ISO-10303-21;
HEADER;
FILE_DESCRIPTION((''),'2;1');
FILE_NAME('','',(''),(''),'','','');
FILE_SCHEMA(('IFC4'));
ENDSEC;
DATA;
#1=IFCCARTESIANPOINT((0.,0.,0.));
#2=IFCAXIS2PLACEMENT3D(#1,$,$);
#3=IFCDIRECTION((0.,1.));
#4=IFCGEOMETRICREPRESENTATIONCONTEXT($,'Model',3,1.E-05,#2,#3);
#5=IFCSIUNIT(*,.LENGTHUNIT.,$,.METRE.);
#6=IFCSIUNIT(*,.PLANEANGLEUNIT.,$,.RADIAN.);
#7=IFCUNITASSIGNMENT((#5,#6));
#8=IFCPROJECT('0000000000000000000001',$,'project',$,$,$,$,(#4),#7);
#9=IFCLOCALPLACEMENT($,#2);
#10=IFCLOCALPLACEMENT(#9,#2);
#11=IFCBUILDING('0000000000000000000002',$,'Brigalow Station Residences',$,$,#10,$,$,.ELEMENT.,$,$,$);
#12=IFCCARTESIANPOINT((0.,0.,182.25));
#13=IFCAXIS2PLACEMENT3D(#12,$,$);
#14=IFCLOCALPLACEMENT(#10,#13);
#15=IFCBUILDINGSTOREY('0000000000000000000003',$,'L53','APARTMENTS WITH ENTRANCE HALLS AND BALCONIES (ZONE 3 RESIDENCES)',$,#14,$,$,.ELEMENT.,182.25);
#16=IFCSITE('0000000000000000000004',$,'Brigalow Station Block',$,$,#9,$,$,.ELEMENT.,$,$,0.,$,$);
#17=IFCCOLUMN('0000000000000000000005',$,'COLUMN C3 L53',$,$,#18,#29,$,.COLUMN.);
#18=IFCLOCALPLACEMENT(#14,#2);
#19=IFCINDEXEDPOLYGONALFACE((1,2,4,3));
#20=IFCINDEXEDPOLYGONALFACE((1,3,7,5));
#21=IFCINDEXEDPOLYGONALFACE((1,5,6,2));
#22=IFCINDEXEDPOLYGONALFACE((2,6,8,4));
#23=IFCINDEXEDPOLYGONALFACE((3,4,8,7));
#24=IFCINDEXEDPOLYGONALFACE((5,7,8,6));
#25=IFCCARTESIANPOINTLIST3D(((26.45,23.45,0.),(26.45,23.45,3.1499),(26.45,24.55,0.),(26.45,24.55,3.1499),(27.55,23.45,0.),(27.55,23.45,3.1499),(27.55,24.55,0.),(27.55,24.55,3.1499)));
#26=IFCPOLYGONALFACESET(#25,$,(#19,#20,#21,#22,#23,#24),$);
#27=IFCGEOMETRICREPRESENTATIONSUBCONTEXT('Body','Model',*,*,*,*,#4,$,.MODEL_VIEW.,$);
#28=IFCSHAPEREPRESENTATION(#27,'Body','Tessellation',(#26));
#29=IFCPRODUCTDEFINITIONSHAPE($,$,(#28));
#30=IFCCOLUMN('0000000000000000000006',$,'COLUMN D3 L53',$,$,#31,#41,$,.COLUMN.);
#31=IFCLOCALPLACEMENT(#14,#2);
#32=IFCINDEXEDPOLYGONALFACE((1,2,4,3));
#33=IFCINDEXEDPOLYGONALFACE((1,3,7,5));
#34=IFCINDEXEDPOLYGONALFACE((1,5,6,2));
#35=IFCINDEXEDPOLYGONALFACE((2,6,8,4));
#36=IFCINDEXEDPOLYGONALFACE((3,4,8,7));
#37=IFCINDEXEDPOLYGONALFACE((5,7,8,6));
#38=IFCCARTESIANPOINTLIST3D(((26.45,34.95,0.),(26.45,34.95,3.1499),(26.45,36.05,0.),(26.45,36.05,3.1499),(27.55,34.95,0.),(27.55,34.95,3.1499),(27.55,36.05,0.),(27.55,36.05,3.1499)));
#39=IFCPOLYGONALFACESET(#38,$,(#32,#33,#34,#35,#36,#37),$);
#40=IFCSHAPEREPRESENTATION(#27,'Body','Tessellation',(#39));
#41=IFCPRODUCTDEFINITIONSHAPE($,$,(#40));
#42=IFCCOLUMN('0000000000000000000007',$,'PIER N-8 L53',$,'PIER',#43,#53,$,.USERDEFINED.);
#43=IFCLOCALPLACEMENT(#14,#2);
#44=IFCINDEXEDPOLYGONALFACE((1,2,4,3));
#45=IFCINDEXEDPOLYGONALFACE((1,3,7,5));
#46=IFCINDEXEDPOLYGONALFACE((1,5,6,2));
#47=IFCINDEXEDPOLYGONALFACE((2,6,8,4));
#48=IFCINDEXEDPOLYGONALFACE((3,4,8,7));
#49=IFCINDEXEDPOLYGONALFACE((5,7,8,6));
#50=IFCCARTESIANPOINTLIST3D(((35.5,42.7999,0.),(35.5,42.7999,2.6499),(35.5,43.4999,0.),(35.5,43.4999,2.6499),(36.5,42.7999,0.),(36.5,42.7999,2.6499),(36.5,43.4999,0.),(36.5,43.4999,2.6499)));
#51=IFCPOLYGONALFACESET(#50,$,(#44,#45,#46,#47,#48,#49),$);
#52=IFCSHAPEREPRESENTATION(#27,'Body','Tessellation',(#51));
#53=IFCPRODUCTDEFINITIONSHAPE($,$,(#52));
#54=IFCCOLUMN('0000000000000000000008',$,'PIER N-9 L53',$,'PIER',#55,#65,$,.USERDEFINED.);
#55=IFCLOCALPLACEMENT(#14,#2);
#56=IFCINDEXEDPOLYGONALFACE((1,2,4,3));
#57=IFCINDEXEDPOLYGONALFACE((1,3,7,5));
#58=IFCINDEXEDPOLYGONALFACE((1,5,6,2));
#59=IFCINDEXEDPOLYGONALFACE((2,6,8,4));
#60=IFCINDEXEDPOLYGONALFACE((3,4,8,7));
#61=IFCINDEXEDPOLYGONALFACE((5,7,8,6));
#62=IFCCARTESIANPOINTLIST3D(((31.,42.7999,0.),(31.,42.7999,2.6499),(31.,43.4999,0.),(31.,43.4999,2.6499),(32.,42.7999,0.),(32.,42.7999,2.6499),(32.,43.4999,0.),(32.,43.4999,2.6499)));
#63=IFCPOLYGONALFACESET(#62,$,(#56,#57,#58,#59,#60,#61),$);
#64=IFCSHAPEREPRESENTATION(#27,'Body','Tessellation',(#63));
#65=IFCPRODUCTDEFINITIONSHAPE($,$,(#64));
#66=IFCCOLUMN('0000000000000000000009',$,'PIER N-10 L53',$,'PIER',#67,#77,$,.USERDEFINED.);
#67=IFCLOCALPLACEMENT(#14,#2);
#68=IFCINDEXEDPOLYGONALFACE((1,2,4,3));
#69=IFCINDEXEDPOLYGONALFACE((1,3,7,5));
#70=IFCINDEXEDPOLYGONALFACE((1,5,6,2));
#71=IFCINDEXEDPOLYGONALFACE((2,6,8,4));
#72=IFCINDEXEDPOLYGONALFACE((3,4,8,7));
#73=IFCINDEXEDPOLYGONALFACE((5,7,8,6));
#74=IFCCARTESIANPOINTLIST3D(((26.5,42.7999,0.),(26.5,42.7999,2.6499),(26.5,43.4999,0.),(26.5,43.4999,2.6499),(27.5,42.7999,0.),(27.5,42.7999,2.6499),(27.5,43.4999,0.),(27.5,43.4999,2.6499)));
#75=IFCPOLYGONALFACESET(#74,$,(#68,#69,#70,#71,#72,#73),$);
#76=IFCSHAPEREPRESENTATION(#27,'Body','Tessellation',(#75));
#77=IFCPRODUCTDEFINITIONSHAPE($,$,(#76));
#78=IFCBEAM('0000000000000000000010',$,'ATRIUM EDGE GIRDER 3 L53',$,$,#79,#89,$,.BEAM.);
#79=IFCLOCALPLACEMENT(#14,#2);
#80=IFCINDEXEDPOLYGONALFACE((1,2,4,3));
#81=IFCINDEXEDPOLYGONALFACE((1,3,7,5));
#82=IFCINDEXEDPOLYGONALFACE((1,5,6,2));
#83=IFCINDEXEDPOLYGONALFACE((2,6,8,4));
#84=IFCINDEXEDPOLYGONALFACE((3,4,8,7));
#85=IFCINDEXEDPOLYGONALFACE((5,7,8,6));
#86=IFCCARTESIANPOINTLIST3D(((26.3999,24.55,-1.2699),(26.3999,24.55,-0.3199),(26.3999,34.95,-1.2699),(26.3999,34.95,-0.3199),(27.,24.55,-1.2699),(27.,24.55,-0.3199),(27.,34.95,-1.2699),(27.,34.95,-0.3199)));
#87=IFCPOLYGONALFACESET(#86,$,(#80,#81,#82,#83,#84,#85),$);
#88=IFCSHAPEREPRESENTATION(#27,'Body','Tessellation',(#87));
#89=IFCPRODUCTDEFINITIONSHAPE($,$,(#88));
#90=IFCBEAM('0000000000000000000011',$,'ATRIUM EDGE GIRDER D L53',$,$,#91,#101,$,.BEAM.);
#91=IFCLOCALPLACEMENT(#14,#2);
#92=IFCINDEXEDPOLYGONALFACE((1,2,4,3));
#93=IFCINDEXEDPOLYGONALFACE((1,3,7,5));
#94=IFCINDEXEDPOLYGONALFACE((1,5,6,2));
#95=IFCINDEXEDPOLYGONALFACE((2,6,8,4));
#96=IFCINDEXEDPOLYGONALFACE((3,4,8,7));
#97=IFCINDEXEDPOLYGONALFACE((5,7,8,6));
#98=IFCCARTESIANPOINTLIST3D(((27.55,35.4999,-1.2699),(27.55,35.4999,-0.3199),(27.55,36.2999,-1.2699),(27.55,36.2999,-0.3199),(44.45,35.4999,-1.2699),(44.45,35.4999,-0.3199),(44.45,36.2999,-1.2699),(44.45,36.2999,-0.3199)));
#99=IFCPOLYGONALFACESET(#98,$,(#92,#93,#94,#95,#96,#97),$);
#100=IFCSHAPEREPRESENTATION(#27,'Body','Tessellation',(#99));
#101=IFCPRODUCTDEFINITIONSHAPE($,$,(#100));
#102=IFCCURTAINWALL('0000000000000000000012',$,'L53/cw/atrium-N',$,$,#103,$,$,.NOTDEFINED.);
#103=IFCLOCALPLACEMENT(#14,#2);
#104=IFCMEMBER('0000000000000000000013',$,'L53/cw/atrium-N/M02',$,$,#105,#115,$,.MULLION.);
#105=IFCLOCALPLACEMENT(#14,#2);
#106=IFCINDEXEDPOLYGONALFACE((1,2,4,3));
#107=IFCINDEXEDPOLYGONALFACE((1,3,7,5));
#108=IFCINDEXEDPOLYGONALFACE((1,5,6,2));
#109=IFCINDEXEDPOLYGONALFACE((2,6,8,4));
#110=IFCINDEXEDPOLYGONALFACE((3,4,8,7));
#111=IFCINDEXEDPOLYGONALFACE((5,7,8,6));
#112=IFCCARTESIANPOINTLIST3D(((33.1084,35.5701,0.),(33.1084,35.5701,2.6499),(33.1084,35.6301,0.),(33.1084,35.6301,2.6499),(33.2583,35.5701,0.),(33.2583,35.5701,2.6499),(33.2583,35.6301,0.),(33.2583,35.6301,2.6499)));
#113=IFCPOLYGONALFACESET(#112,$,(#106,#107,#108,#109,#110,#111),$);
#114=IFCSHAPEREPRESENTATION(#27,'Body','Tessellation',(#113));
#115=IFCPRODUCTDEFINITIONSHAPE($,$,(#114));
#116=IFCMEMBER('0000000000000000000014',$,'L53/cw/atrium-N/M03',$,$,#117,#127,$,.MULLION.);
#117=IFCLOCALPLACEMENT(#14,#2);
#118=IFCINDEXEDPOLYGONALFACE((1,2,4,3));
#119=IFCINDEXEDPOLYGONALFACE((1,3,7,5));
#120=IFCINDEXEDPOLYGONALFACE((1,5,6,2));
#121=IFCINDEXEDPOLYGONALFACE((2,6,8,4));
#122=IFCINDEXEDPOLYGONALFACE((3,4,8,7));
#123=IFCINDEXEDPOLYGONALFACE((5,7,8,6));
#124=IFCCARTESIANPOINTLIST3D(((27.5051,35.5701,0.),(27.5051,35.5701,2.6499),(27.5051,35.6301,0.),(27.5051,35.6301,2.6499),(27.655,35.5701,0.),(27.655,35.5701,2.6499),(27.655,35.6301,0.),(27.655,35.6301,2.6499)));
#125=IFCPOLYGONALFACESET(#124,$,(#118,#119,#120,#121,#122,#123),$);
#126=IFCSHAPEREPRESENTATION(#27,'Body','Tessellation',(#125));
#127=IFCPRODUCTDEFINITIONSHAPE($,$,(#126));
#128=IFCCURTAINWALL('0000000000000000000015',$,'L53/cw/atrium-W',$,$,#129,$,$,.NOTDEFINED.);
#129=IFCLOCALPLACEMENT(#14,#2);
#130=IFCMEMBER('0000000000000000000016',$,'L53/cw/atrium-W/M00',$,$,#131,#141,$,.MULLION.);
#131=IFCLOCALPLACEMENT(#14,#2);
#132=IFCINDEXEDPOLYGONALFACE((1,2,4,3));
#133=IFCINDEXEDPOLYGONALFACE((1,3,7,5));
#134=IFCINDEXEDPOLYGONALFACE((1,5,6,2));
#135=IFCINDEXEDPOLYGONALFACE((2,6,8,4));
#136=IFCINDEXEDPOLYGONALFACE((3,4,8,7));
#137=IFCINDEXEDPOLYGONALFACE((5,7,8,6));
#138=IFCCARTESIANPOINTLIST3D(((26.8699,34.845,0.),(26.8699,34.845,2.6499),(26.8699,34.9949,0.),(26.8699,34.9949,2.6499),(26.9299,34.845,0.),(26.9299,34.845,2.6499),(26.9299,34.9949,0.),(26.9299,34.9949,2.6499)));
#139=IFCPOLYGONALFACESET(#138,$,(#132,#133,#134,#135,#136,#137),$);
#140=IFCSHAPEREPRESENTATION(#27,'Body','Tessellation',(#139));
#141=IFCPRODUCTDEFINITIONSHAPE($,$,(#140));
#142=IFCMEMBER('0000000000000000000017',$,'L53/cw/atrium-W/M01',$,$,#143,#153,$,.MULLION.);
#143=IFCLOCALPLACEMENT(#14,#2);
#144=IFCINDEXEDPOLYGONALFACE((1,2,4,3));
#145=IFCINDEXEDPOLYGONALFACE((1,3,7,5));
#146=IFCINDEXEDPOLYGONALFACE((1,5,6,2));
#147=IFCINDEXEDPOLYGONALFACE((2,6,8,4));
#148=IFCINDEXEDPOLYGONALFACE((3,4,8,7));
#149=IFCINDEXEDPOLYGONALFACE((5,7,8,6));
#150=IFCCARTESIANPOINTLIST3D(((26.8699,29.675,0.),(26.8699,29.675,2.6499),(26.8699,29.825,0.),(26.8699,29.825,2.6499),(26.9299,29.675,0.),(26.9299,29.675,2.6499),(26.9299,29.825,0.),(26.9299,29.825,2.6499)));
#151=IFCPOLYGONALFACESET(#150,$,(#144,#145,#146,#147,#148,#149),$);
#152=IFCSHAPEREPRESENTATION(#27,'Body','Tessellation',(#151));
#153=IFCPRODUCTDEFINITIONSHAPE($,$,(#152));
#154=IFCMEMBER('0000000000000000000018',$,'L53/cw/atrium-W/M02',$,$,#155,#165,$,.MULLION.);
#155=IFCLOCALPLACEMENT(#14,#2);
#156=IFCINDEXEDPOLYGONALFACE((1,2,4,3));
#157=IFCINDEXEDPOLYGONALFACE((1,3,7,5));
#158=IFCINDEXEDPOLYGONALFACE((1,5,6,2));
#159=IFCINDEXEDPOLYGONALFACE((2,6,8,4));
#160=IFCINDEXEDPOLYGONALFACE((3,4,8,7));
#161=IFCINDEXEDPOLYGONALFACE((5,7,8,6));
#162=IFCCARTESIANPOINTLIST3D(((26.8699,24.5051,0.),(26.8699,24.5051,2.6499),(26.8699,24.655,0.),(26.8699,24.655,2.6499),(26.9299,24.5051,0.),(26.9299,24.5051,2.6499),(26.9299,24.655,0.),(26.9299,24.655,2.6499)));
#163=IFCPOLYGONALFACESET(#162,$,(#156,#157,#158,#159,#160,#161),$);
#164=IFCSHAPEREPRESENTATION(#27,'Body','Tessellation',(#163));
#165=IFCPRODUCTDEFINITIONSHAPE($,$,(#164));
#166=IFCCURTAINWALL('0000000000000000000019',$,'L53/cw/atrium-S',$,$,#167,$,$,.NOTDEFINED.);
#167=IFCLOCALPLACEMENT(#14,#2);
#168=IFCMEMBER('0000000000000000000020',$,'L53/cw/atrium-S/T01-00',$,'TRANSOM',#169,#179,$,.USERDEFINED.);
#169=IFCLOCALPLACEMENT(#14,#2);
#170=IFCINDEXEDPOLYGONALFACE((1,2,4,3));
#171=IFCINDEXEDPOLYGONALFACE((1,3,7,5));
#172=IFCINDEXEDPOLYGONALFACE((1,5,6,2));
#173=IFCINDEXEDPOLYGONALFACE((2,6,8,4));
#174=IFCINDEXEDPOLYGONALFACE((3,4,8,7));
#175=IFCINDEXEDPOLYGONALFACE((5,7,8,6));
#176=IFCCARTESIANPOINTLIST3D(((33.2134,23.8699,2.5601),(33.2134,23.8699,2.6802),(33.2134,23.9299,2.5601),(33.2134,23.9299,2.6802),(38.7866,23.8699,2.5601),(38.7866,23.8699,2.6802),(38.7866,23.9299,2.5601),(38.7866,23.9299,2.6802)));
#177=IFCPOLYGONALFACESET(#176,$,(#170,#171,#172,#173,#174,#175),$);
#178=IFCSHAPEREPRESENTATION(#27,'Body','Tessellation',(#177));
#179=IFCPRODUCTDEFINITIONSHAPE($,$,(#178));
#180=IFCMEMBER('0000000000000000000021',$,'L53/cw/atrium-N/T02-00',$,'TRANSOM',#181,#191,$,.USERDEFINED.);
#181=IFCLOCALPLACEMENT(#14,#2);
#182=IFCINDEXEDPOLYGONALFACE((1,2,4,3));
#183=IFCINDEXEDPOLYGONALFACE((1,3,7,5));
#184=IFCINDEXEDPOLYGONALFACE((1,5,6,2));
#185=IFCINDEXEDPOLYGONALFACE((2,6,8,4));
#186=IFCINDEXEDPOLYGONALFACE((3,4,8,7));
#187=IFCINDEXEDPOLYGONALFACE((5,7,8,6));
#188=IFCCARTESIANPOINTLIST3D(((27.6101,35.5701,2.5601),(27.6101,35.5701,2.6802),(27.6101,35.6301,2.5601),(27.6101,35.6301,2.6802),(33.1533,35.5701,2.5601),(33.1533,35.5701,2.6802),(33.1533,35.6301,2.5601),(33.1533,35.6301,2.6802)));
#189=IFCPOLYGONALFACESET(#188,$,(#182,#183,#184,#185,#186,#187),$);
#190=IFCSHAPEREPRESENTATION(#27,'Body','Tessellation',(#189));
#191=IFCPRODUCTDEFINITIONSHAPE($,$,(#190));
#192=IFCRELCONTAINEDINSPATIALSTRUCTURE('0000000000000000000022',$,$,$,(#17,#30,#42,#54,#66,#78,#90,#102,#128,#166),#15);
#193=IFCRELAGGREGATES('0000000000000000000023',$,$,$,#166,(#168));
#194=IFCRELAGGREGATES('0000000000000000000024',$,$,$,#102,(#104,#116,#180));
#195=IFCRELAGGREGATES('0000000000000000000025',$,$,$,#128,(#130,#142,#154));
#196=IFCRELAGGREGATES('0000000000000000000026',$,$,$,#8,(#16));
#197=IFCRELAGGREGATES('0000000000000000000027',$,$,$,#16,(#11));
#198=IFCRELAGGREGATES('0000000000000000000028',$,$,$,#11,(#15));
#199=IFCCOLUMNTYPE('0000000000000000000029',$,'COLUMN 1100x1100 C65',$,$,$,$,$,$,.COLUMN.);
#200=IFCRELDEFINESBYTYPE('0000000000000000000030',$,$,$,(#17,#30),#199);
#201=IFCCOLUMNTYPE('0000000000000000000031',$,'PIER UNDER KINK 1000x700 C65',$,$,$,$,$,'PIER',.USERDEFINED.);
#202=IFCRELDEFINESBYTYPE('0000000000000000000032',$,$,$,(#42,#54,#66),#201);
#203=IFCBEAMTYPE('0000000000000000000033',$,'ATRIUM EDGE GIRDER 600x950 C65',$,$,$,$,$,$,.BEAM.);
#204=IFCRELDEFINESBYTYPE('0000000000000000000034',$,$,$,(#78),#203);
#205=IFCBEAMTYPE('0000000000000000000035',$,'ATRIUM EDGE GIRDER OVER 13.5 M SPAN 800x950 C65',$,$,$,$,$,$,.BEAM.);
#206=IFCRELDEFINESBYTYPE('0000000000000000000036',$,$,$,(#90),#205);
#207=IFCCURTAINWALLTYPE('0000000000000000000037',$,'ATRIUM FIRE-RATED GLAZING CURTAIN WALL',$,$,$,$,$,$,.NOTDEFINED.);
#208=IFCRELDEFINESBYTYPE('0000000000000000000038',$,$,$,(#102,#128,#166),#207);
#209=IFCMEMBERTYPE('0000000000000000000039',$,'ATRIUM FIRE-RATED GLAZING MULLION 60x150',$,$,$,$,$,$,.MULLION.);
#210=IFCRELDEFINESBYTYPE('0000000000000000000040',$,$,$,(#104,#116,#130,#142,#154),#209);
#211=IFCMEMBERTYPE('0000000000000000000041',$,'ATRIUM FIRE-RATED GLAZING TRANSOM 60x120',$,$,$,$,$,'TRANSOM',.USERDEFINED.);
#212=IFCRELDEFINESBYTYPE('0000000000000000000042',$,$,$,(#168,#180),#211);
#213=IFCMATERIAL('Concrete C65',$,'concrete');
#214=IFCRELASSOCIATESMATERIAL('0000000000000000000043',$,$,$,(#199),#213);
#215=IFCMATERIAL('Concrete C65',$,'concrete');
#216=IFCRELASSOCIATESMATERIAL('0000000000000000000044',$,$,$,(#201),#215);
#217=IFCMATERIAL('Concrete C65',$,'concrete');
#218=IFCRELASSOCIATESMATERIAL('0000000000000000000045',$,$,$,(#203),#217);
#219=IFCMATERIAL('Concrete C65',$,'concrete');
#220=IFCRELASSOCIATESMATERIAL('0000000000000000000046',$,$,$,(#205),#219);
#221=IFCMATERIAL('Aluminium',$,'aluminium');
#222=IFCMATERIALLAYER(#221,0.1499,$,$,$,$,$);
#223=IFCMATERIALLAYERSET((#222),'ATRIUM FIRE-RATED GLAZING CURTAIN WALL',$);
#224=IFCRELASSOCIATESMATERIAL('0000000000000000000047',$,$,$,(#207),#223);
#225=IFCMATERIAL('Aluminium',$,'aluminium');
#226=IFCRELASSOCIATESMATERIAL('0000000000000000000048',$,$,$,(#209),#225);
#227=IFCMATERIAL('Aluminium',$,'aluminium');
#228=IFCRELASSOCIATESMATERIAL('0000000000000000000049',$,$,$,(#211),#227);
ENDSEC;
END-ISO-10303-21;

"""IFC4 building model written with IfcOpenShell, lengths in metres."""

from ifc_helpers import new_model, si_unit, direction, frame, origin, origin_2d, place, context, subcontext, project, spatial, rectangle, extrude, material, layer, layer_set, material_profile, profile_set, type_object, element, aggregate, save


model = new_model("IFC4")

# Units and contexts
model_context = context("Model", 3, precision=1e-05, world=origin(), true_north=direction((0.0, 1.0)))
body_context = subcontext(model_context, "Body", "Model", "MODEL_VIEW")
ifc_project = project(units=[si_unit("LENGTHUNIT", "METRE"), si_unit("PLANEANGLEUNIT", "RADIAN")], contexts=[model_context])

# Site, building, storey
site_placement = place(None, origin())
site = spatial("IfcSite", under=ifc_project, at=site_placement, Name="Brigalow Station Block", CompositionType="ELEMENT", RefElevation=0.0)
building_placement = place(site_placement, origin())
building = spatial("IfcBuilding", under=site, at=building_placement, Name="Brigalow Station Residences", CompositionType="ELEMENT")
storey_placement = place(building_placement, frame((0.0, 0.0, 182.25)))
storey = spatial("IfcBuildingStorey", under=building, at=storey_placement, Name="L53", Description="APARTMENTS WITH ENTRANCE HALLS AND BALCONIES (ZONE 3 RESIDENCES)", CompositionType="ELEMENT", Elevation=182.25)

# Columns
ifc_material_1 = material(Name="Concrete C65", Category="concrete")
ifc_material_profile_1 = material_profile(ifc_material_1, rectangle(XDim=1.1001, YDim=1.1001, at=origin_2d()), Name="RC1100x1100")
ifc_profile_set_1 = profile_set([ifc_material_profile_1], Name="Concrete C65")
column_type_1 = type_object("IfcColumnType", Name="COLUMN 1100x1100 C65", PredefinedType="COLUMN", material=ifc_profile_set_1)
for number, where, z_axis, x_axis, name in (
    (1, (27.0, 24.0, 0.0), (0.0, 0.0, 1.0), (1.0, 0.0, 0.0), "COLUMN C3 L53"),
    (2, (27.0, 35.5, 0.0), (0.0, 0.0, 1.0), (1.0, 0.0, 0.0), "COLUMN D3 L53"),
):
    element("IfcColumn", number, at=place(storey_placement, frame(where, z_axis=z_axis, x_axis=x_axis)), inside=storey, type_object=column_type_1, Name=name, PredefinedType="COLUMN", context=body_context, shape_type="SweptSolid", body=[
        extrude(rectangle(XDim=1.1001, YDim=1.1001, at=origin_2d()), origin(), (0.0, 0.0, 1.0), 3.1499),
    ])
ifc_material_2 = material(Name="Concrete C65", Category="concrete")
ifc_material_profile_2 = material_profile(ifc_material_2, rectangle(XDim=1.0, YDim=0.7, at=origin_2d()), Name="RC1000x700")
ifc_profile_set_2 = profile_set([ifc_material_profile_2], Name="Concrete C65")
column_type_2 = type_object("IfcColumnType", Name="PIER UNDER KINK 1000x700 C65", ElementType="PIER", PredefinedType="USERDEFINED", material=ifc_profile_set_2)
for number, where, z_axis, x_axis, name in (
    (3, (36.0, 43.1499, 0.0), (0.0, 0.0, 1.0), (-1.0, 0.0, 0.0), "PIER N-8 L53"),
    (4, (31.5, 43.1499, 0.0), (0.0, 0.0, 1.0), (-1.0, 0.0, 0.0), "PIER N-9 L53"),
    (5, (27.0, 43.1499, 0.0), (0.0, 0.0, 1.0), (-1.0, 0.0, 0.0), "PIER N-10 L53"),
):
    element("IfcColumn", number, at=place(storey_placement, frame(where, z_axis=z_axis, x_axis=x_axis)), inside=storey, type_object=column_type_2, Name=name, ObjectType="PIER", PredefinedType="USERDEFINED", context=body_context, shape_type="SweptSolid", body=[
        extrude(rectangle(XDim=1.0, YDim=0.7, at=origin_2d()), origin(), (0.0, 0.0, 1.0), 2.6499),
    ])

# Beams
ifc_material_3 = material(Name="Concrete C65", Category="concrete")
ifc_material_profile_3 = material_profile(ifc_material_3, rectangle(XDim=0.6001, YDim=0.95, at=origin_2d()), Name="RC600x950")
ifc_profile_set_3 = profile_set([ifc_material_profile_3], Name="Concrete C65")
beam_type_1 = type_object("IfcBeamType", Name="ATRIUM EDGE GIRDER 600x950 C65", PredefinedType="BEAM", material=ifc_profile_set_3)
beam_1_placement = place(storey_placement, frame((26.7, 24.55, -0.7949), z_axis=(0.0, 1.0, 0.0), x_axis=(-1.0, 0.0, 0.0)))
element("IfcBeam", 6, at=beam_1_placement, inside=storey, type_object=beam_type_1, Name="ATRIUM EDGE GIRDER 3 L53", PredefinedType="BEAM", context=body_context, shape_type="SweptSolid", body=[
    extrude(rectangle(XDim=0.6001, YDim=0.95, at=origin_2d()), origin(), (0.0, 0.0, 1.0), 10.3999),
])
ifc_material_4 = material(Name="Concrete C65", Category="concrete")
ifc_material_profile_4 = material_profile(ifc_material_4, rectangle(XDim=0.8, YDim=0.95, at=origin_2d()), Name="RC800x950")
ifc_profile_set_4 = profile_set([ifc_material_profile_4], Name="Concrete C65")
beam_type_2 = type_object("IfcBeamType", Name="ATRIUM EDGE GIRDER OVER 13.5 M SPAN 800x950 C65", PredefinedType="BEAM", material=ifc_profile_set_4)
beam_2_placement = place(storey_placement, frame((27.55, 35.8999, -0.7949), z_axis=(1.0, 0.0, 0.0), x_axis=(0.0, 1.0, 0.0)))
element("IfcBeam", 7, at=beam_2_placement, inside=storey, type_object=beam_type_2, Name="ATRIUM EDGE GIRDER D L53", PredefinedType="BEAM", context=body_context, shape_type="SweptSolid", body=[
    extrude(rectangle(XDim=0.8, YDim=0.95, at=origin_2d()), origin(), (0.0, 0.0, 1.0), 16.8999),
])

# Curtain walls, members
ifc_material_5 = material(Name="Aluminium", Category="aluminium")
ifc_layer_1 = layer(ifc_material_5, 0.1499)
ifc_layer_set_1 = layer_set([ifc_layer_1], Name="ATRIUM FIRE-RATED GLAZING CURTAIN WALL")
curtain_wall_type = type_object("IfcCurtainWallType", Name="ATRIUM FIRE-RATED GLAZING CURTAIN WALL", PredefinedType="NOTDEFINED", material=ifc_layer_set_1)
curtain_wall_1_placement = place(storey_placement, origin())
curtain_wall_1 = element("IfcCurtainWall", 8, at=curtain_wall_1_placement, inside=storey, type_object=curtain_wall_type, Name="L53/cw/atrium-N", PredefinedType="NOTDEFINED")
ifc_material_6 = material(Name="Aluminium", Category="aluminium")
ifc_material_profile_5 = material_profile(ifc_material_6, rectangle(XDim=0.0601, YDim=0.1499, at=origin_2d()), Name="ATRIUM FIRE-RATED GLAZING MULLION 60x150")
ifc_profile_set_5 = profile_set([ifc_material_profile_5], Name="Aluminium")
member_type_1 = type_object("IfcMemberType", Name="ATRIUM FIRE-RATED GLAZING MULLION 60x150", PredefinedType="MULLION", material=ifc_profile_set_5)
member_1_placement = place(storey_placement, frame((33.1833, 35.6001, 0.0), z_axis=(0.0, 0.0, 1.0), x_axis=(0.0, -1.0, 0.0)))
member_1 = element("IfcMember", 9, at=member_1_placement, type_object=member_type_1, Name="L53/cw/atrium-N/M02", PredefinedType="MULLION", context=body_context, shape_type="SweptSolid", body=[
    extrude(rectangle(XDim=0.0601, YDim=0.1499, at=origin_2d()), origin(), (0.0, 0.0, 1.0), 2.6499),
])
member_2_placement = place(storey_placement, frame((27.5801, 35.6001, 0.0), z_axis=(0.0, 0.0, 1.0), x_axis=(0.0, -1.0, 0.0)))
member_2 = element("IfcMember", 10, at=member_2_placement, type_object=member_type_1, Name="L53/cw/atrium-N/M03", PredefinedType="MULLION", context=body_context, shape_type="SweptSolid", body=[
    extrude(rectangle(XDim=0.0601, YDim=0.1499, at=origin_2d()), origin(), (0.0, 0.0, 1.0), 2.6499),
])
curtain_wall_2_placement = place(storey_placement, origin())
curtain_wall_2 = element("IfcCurtainWall", 11, at=curtain_wall_2_placement, inside=storey, type_object=curtain_wall_type, Name="L53/cw/atrium-W", PredefinedType="NOTDEFINED")
member_3_placement = place(storey_placement, frame((26.8999, 34.9199, 0.0), z_axis=(0.0, 0.0, 1.0), x_axis=(1.0, 0.0, 0.0)))
member_3 = element("IfcMember", 12, at=member_3_placement, type_object=member_type_1, Name="L53/cw/atrium-W/M00", PredefinedType="MULLION", context=body_context, shape_type="SweptSolid", body=[
    extrude(rectangle(XDim=0.0601, YDim=0.1499, at=origin_2d()), origin(), (0.0, 0.0, 1.0), 2.6499),
])
member_4_placement = place(storey_placement, frame((26.8999, 29.75, 0.0), z_axis=(0.0, 0.0, 1.0), x_axis=(1.0, 0.0, 0.0)))
member_4 = element("IfcMember", 13, at=member_4_placement, type_object=member_type_1, Name="L53/cw/atrium-W/M01", PredefinedType="MULLION", context=body_context, shape_type="SweptSolid", body=[
    extrude(rectangle(XDim=0.0601, YDim=0.1499, at=origin_2d()), origin(), (0.0, 0.0, 1.0), 2.6499),
])
member_5_placement = place(storey_placement, frame((26.8999, 24.5801, 0.0), z_axis=(0.0, 0.0, 1.0), x_axis=(1.0, 0.0, 0.0)))
member_5 = element("IfcMember", 14, at=member_5_placement, type_object=member_type_1, Name="L53/cw/atrium-W/M02", PredefinedType="MULLION", context=body_context, shape_type="SweptSolid", body=[
    extrude(rectangle(XDim=0.0601, YDim=0.1499, at=origin_2d()), origin(), (0.0, 0.0, 1.0), 2.6499),
])

# Curtain wall, member
curtain_wall_3_placement = place(storey_placement, origin())
curtain_wall_3 = element("IfcCurtainWall", 15, at=curtain_wall_3_placement, inside=storey, type_object=curtain_wall_type, Name="L53/cw/atrium-S", PredefinedType="NOTDEFINED")
ifc_material_7 = material(Name="Aluminium", Category="aluminium")
ifc_material_profile_6 = material_profile(ifc_material_7, rectangle(XDim=0.0601, YDim=0.1201, at=origin_2d()), Name="ATRIUM FIRE-RATED GLAZING TRANSOM 60x120")
ifc_profile_set_6 = profile_set([ifc_material_profile_6], Name="Aluminium")
member_type_2 = type_object("IfcMemberType", Name="ATRIUM FIRE-RATED GLAZING TRANSOM 60x120", ElementType="TRANSOM", PredefinedType="USERDEFINED", material=ifc_profile_set_6)
member_6_placement = place(storey_placement, frame((33.2134, 23.8999, 2.6201), z_axis=(1.0, 0.0, 0.0), x_axis=(0.0, 1.0, 0.0)))
member_6 = element("IfcMember", 16, at=member_6_placement, type_object=member_type_2, Name="L53/cw/atrium-S/T01-00", ObjectType="TRANSOM", PredefinedType="USERDEFINED", context=body_context, shape_type="SweptSolid", body=[
    extrude(rectangle(XDim=0.0601, YDim=0.1201, at=origin_2d()), origin(), (0.0, 0.0, 1.0), 5.5732),
])
aggregate(curtain_wall_3, [member_6])

# Member
member_7_placement = place(storey_placement, frame((33.1533, 35.6001, 2.6201), z_axis=(-1.0, 0.0, 0.0), x_axis=(0.0, -1.0, 0.0)))
member_7 = element("IfcMember", 17, at=member_7_placement, type_object=member_type_2, Name="L53/cw/atrium-N/T02-00", ObjectType="TRANSOM", PredefinedType="USERDEFINED", context=body_context, shape_type="SweptSolid", body=[
    extrude(rectangle(XDim=0.0601, YDim=0.1201, at=origin_2d()), origin(), (0.0, 0.0, 1.0), 5.5432),
])

aggregate(curtain_wall_1, [member_1, member_2, member_7])
aggregate(curtain_wall_2, [member_3, member_4, member_5])

save(model, "model.ifc")
